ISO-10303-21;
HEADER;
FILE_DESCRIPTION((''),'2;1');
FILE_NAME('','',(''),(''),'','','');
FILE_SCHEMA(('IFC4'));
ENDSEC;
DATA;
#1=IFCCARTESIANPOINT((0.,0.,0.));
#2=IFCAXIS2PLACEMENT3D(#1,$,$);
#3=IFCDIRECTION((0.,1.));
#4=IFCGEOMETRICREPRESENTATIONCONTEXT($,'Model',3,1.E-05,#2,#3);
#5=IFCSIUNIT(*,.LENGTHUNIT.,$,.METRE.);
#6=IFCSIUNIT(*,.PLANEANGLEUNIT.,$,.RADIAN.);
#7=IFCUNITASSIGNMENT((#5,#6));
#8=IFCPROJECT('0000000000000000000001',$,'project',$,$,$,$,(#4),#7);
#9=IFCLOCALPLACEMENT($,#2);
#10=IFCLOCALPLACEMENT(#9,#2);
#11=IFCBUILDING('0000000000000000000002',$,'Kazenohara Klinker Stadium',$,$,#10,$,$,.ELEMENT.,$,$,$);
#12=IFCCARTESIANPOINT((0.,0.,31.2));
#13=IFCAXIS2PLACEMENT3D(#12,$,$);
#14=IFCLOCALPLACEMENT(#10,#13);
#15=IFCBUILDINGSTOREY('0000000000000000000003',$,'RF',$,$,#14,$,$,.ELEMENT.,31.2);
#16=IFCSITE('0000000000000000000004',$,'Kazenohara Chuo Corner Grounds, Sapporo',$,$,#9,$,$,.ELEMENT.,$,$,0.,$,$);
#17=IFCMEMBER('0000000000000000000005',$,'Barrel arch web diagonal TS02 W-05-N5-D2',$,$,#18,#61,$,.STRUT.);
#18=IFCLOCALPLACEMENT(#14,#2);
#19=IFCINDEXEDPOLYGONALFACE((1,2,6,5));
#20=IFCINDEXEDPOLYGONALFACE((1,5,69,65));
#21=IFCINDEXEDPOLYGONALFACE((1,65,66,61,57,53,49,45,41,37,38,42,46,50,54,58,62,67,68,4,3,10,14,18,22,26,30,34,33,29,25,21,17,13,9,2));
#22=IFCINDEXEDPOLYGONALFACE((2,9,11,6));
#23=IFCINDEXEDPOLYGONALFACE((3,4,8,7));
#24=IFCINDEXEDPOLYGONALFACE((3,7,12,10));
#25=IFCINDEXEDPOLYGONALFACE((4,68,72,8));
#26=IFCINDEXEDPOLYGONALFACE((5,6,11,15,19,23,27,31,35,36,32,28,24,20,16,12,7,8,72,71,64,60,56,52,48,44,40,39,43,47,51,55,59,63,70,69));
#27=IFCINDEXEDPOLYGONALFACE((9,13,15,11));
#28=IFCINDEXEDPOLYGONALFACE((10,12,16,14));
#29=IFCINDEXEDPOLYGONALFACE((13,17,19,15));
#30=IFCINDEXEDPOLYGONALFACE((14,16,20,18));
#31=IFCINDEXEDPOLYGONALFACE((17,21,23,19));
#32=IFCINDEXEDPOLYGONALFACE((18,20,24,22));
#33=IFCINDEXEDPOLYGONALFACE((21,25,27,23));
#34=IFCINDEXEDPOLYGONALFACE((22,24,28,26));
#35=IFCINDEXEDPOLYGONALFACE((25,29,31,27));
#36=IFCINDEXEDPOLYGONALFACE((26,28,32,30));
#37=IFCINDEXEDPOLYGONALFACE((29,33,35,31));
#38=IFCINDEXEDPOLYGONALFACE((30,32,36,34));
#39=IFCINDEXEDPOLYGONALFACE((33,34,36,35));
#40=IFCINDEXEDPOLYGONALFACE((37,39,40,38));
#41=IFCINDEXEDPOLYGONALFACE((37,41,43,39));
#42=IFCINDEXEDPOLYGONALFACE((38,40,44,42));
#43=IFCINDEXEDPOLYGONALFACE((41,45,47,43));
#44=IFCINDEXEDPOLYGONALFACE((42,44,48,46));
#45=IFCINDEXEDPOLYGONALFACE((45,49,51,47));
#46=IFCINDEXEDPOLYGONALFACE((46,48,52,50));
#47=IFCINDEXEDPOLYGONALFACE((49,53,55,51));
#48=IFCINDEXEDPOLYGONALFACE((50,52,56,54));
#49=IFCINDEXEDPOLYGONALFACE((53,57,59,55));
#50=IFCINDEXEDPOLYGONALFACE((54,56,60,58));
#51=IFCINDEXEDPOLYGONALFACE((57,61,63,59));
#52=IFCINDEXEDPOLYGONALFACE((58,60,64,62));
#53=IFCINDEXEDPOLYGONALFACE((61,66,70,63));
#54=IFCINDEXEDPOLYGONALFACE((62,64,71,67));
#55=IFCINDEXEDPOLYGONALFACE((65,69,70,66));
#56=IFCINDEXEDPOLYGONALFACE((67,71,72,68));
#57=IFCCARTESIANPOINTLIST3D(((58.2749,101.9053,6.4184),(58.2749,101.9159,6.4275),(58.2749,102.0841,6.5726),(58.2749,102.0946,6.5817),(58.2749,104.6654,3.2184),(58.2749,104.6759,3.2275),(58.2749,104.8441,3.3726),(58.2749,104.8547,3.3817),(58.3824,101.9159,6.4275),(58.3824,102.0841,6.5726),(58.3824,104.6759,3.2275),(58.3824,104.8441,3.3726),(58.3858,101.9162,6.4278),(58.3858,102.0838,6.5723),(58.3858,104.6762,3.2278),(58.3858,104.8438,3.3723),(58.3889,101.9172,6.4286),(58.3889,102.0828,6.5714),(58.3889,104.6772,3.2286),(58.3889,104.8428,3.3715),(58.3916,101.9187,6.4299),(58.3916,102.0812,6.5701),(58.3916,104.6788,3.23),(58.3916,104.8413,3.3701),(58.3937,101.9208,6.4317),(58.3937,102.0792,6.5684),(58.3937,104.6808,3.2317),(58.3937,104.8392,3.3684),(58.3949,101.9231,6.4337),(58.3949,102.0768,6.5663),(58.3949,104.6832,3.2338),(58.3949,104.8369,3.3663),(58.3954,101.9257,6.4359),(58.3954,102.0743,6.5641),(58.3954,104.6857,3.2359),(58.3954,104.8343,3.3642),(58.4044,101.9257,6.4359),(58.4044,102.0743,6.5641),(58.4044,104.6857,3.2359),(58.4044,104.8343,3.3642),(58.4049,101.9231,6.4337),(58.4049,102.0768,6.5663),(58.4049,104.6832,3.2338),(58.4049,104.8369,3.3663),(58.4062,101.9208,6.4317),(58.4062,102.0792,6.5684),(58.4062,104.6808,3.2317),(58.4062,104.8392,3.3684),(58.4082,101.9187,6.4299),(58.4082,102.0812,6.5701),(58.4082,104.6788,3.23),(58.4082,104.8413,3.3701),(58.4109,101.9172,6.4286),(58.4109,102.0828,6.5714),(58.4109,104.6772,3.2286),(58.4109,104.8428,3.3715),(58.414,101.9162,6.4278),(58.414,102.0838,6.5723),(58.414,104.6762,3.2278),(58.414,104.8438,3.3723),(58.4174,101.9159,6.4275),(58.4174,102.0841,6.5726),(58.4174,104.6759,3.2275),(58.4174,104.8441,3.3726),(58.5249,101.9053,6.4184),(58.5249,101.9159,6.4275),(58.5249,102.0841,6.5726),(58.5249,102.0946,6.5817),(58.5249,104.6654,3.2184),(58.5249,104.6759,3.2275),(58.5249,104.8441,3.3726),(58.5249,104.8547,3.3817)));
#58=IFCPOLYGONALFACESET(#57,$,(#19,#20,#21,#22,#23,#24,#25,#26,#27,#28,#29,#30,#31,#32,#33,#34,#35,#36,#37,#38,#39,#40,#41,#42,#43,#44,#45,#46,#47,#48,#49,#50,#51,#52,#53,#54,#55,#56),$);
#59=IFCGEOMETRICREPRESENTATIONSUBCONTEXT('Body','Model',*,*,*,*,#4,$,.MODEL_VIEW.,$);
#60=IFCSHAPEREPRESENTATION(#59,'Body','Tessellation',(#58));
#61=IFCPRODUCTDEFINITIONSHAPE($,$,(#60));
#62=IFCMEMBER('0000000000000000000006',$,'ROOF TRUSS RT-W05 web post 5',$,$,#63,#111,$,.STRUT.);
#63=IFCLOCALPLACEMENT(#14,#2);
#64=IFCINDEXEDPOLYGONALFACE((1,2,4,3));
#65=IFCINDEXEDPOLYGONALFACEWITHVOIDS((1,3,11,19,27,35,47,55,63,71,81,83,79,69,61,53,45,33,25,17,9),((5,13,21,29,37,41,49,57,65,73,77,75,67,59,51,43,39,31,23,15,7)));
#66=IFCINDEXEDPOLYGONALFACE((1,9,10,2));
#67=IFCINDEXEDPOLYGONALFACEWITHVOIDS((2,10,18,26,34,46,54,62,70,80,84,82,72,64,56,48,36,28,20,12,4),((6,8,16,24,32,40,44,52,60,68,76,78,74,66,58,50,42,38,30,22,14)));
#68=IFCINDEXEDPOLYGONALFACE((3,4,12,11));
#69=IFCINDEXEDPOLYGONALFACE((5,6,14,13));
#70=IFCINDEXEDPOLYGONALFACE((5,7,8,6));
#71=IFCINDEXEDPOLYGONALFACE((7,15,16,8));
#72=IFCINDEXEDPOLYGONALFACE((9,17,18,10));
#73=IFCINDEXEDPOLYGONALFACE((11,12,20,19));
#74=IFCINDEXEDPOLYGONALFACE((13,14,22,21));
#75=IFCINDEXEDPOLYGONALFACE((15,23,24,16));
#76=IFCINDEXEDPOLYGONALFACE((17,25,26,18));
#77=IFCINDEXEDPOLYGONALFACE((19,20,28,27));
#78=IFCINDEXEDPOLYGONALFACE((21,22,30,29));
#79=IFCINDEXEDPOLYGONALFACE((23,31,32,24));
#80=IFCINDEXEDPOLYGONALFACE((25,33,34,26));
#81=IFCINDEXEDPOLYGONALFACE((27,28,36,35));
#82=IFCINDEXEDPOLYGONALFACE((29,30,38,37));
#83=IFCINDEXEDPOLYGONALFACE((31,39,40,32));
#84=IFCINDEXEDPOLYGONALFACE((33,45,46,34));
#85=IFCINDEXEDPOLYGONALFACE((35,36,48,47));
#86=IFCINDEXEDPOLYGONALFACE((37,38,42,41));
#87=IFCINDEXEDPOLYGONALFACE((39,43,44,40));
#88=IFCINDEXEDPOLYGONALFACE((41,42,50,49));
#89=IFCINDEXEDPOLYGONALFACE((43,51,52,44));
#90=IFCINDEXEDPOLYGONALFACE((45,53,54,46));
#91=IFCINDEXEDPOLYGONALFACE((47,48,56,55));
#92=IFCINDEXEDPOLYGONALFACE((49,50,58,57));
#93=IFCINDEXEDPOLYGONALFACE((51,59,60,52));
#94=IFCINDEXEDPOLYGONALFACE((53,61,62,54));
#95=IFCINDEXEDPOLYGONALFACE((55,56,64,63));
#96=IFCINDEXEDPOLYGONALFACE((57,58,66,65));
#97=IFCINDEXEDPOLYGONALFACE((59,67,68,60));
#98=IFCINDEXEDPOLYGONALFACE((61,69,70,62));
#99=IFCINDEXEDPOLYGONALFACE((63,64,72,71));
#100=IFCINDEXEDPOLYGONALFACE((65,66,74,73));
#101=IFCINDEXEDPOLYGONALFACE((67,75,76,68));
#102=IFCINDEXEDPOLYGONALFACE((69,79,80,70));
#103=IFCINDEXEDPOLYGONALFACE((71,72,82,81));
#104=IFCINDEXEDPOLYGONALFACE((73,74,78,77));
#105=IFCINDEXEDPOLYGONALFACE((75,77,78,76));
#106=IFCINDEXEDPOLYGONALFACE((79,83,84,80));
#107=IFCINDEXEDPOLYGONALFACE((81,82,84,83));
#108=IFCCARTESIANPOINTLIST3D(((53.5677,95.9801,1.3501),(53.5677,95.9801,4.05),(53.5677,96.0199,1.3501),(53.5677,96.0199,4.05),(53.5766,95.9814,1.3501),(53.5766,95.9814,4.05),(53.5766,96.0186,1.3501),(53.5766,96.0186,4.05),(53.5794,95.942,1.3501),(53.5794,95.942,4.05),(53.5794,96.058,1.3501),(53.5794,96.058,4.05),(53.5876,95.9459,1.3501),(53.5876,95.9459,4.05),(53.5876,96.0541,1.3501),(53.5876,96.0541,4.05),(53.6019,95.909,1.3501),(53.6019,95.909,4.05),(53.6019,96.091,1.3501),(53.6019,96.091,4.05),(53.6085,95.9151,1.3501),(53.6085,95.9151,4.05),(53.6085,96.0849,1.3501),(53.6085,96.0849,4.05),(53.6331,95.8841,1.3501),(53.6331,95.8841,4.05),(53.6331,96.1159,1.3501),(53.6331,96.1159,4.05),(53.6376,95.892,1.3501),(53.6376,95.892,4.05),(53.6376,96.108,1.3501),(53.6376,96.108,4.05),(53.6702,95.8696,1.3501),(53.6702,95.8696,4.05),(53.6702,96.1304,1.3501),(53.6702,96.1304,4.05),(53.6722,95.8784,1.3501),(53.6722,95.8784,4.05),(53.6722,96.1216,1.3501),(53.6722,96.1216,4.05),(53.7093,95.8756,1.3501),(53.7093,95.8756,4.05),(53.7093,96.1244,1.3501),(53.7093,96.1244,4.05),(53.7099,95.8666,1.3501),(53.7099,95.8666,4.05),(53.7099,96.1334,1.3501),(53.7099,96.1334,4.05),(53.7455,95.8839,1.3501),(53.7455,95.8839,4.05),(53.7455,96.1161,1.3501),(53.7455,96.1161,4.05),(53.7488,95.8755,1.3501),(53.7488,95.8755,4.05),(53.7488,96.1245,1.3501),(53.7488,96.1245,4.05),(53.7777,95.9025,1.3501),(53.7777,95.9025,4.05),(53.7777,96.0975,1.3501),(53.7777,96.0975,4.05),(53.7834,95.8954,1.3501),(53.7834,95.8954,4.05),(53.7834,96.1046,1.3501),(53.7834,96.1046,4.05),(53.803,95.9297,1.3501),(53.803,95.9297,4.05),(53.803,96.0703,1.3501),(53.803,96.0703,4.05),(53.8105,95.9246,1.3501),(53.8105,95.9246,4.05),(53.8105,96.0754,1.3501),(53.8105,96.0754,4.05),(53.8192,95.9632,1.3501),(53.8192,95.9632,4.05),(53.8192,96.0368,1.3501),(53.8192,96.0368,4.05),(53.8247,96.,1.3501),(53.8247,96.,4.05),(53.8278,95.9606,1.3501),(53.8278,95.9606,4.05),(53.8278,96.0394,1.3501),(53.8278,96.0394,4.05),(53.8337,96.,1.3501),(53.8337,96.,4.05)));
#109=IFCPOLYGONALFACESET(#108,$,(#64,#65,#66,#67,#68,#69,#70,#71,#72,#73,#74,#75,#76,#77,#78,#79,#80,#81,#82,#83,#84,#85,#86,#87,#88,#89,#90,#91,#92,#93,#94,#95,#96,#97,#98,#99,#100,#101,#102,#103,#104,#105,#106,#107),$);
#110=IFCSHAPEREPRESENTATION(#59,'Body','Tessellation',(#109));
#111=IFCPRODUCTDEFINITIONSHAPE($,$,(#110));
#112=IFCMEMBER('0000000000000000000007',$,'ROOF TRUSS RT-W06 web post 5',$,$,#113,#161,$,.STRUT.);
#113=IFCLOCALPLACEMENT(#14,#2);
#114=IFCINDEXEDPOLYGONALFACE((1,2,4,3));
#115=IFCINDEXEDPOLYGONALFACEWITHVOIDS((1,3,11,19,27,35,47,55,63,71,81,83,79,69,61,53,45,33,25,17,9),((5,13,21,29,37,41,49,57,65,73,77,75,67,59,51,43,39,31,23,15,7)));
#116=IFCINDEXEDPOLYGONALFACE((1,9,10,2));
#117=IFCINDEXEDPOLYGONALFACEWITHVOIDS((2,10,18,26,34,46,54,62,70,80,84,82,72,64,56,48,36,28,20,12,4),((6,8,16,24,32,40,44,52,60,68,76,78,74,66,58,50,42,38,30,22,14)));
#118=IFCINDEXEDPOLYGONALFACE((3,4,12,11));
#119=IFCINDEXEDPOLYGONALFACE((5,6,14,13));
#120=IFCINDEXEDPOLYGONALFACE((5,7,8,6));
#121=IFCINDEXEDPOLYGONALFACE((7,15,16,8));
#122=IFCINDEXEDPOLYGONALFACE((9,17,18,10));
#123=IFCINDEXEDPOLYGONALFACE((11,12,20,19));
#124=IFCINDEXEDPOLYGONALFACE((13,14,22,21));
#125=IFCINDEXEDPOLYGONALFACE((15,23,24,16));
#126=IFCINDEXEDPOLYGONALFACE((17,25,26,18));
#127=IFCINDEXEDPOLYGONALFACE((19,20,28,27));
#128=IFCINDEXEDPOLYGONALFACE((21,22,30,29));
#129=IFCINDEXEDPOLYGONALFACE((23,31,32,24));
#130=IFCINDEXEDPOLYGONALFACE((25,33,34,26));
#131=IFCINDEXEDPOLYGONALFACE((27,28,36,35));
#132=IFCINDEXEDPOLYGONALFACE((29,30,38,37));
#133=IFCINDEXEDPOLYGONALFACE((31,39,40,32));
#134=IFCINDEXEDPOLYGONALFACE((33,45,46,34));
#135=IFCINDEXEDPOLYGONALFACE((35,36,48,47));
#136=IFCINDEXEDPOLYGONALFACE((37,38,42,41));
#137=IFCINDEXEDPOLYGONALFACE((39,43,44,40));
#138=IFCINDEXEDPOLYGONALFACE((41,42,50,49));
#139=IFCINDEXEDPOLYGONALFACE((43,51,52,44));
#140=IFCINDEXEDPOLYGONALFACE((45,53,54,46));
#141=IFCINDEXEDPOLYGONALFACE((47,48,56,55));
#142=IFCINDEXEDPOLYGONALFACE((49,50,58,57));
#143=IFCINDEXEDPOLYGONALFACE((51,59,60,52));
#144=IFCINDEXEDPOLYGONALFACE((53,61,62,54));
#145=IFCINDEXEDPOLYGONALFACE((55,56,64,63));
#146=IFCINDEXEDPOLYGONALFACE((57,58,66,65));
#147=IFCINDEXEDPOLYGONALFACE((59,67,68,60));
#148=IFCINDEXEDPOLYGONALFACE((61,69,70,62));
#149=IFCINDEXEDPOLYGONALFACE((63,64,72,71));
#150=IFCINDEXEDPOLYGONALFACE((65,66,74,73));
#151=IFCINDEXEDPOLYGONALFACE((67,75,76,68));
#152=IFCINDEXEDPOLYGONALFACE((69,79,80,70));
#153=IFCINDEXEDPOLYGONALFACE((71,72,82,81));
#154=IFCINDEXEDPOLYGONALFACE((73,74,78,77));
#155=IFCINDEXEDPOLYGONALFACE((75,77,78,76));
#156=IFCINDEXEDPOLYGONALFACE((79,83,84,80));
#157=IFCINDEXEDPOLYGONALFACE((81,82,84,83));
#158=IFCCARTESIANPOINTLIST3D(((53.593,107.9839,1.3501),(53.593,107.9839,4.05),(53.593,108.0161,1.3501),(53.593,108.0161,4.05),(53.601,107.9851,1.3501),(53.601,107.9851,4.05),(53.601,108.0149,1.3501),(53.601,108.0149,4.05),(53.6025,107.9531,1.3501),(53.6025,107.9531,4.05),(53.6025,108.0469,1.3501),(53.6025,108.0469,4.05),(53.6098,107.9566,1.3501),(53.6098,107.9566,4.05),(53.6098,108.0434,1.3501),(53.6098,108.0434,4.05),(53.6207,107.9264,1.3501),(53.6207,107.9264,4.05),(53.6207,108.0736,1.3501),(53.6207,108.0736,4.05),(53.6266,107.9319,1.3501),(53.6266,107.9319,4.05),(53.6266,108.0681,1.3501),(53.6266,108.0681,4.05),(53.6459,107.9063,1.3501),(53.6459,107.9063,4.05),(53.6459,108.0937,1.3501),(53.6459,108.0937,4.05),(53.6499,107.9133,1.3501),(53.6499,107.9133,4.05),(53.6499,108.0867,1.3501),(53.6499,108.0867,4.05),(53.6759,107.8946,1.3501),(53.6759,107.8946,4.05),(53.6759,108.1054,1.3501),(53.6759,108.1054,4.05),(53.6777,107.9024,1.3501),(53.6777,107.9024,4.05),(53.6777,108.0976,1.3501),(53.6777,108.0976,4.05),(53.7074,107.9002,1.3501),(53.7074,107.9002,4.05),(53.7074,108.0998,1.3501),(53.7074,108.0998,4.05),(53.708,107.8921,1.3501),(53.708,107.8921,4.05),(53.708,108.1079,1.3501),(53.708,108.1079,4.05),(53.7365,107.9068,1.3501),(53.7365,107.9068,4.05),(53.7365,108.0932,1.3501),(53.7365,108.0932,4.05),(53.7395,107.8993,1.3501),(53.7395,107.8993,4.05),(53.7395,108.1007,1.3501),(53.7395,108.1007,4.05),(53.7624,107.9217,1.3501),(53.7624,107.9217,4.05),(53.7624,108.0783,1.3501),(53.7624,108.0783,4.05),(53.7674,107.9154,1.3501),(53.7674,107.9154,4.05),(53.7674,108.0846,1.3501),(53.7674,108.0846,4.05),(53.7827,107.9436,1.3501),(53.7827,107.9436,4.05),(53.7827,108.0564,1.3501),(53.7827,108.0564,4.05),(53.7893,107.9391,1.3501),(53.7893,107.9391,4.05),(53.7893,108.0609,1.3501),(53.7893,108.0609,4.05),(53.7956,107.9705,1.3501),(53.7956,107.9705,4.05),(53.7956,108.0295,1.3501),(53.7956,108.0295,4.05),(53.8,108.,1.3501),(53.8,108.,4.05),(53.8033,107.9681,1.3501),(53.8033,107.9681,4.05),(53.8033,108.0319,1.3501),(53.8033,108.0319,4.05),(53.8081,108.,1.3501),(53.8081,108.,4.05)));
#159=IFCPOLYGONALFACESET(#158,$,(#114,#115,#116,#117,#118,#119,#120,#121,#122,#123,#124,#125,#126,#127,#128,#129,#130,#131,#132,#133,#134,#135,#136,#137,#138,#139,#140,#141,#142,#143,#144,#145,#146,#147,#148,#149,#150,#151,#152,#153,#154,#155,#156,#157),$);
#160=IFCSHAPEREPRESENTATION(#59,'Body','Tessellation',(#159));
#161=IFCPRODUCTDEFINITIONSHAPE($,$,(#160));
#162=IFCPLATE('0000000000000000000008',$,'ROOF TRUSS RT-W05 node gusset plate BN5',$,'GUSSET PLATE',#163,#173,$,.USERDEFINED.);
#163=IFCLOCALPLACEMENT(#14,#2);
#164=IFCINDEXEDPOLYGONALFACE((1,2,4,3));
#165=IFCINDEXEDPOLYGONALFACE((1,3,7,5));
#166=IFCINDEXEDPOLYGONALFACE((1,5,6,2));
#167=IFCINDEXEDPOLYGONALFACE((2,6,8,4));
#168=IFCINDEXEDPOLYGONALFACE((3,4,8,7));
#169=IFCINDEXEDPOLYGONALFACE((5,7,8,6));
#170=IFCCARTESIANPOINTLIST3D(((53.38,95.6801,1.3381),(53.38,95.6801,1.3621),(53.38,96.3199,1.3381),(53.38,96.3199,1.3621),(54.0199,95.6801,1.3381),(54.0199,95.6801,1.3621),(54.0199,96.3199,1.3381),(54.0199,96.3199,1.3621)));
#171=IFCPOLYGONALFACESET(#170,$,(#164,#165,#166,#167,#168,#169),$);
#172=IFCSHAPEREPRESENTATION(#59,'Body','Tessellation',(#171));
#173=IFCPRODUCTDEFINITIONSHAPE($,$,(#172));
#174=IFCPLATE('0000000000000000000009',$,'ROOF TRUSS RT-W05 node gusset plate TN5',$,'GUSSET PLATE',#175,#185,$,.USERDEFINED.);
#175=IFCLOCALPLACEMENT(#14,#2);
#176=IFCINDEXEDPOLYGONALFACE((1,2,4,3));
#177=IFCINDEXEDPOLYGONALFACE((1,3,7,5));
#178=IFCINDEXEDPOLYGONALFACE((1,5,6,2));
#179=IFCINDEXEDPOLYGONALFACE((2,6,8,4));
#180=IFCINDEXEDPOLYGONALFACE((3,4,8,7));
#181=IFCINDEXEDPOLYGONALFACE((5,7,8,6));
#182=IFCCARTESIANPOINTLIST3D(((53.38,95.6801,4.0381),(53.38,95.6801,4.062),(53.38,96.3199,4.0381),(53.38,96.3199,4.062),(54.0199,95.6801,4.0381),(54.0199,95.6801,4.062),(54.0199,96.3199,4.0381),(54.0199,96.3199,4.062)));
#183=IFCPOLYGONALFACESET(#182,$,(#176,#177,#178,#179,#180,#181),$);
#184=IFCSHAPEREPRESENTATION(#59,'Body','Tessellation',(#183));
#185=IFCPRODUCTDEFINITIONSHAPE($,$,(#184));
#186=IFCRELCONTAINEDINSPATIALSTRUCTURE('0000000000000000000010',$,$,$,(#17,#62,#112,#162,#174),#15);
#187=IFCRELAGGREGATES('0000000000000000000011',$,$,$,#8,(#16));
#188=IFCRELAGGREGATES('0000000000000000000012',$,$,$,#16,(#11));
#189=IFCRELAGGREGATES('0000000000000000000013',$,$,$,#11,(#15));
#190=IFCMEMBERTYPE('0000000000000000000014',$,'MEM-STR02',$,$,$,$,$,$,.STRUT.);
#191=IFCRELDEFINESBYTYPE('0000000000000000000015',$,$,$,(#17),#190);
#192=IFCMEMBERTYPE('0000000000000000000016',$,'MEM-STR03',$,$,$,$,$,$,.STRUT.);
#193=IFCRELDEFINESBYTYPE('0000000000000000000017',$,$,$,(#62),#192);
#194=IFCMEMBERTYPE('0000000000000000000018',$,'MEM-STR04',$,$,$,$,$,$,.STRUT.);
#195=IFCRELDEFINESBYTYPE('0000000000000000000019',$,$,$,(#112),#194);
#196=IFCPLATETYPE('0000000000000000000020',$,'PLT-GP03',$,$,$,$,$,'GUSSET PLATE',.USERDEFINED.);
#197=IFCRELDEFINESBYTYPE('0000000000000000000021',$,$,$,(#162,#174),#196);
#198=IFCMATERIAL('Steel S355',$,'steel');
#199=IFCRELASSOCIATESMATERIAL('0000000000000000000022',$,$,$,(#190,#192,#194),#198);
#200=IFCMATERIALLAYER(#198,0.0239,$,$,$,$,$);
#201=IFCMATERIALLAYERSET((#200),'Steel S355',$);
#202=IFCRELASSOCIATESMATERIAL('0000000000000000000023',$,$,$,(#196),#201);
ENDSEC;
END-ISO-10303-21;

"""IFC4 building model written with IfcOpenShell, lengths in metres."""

from ifc_helpers import new_model, si_unit, direction, frame, origin, origin_2d, place, context, subcontext, project, spatial, rectangle, hollow_circle, i_section, extrude, material, layer, layer_set, material_profile, profile_set, type_object, element, save


model = new_model("IFC4")

# Units and contexts
model_context = context("Model", 3, precision=1e-05, world=origin(), true_north=direction((0.0, 1.0)))
body_context = subcontext(model_context, "Body", "Model", "MODEL_VIEW")
ifc_project = project(units=[si_unit("LENGTHUNIT", "METRE"), si_unit("PLANEANGLEUNIT", "RADIAN")], contexts=[model_context])

# Site, building, storey
site_placement = place(None, origin())
site = spatial("IfcSite", under=ifc_project, at=site_placement, Name="Kazenohara Chuo Corner Grounds, Sapporo", CompositionType="ELEMENT", RefElevation=0.0)
building_placement = place(site_placement, origin())
building = spatial("IfcBuilding", under=site, at=building_placement, Name="Kazenohara Klinker Stadium", CompositionType="ELEMENT")
storey_placement = place(building_placement, frame((0.0, 0.0, 31.2)))
storey = spatial("IfcBuildingStorey", under=building, at=storey_placement, Name="RF", CompositionType="ELEMENT", Elevation=31.2)

# Members
ifc_material = material(Name="Steel S355", Category="steel")
ifc_material_profile_1 = material_profile(ifc_material, i_section(OverallWidth=0.25, OverallDepth=0.25, WebThickness=0.009, FlangeThickness=0.0139, FilletRadius=0.0129, at=origin_2d()), Name="H-250x250x9x14")
ifc_profile_set_1 = profile_set([ifc_material_profile_1], Name="Steel S355")
member_type_1 = type_object("IfcMemberType", Name="MEM-STR02", PredefinedType="STRUT", material=ifc_profile_set_1)
for number, where, z_axis, x_axis, name in (
    (1, (58.3999, 104.76, 3.3), (0.0, -0.653134, 0.757242), (1.0, 0.0, 0.0), "Barrel arch web diagonal TS02 W-05-N5-D2"),
):
    element("IfcMember", number, at=place(storey_placement, frame(where, z_axis=z_axis, x_axis=x_axis)), inside=storey, type_object=member_type_1, Name=name, PredefinedType="STRUT", context=body_context, shape_type="SweptSolid", body=[
        extrude(i_section(OverallWidth=0.25, OverallDepth=0.25, WebThickness=0.009, FlangeThickness=0.0139, FilletRadius=0.0129, at=origin_2d()), origin(), (0.0, 0.0, 1.0), 4.2258),
    ])
ifc_material_profile_2 = material_profile(ifc_material, hollow_circle(Radius=0.1338, WallThickness=0.009, at=origin_2d()), Name="CHS-267.4x9")
ifc_profile_set_2 = profile_set([ifc_material_profile_2], Name="Steel S355")
member_type_2 = type_object("IfcMemberType", Name="MEM-STR03", PredefinedType="STRUT", material=ifc_profile_set_2)
member_1_placement = place(storey_placement, frame((53.7, 96.0, 1.3501), z_axis=(0.0, 0.0, 1.0), x_axis=(1.0, 0.0, 0.0)))
element("IfcMember", 2, at=member_1_placement, inside=storey, type_object=member_type_2, Name="ROOF TRUSS RT-W05 web post 5", PredefinedType="STRUT", context=body_context, shape_type="SweptSolid", body=[
    extrude(hollow_circle(Radius=0.1338, WallThickness=0.009, at=origin_2d()), origin(), (0.0, 0.0, 1.0), 2.7),
])
ifc_material_profile_3 = material_profile(ifc_material, hollow_circle(Radius=0.1082, WallThickness=0.0081, at=origin_2d()), Name="CHS-216.3x8")
ifc_profile_set_3 = profile_set([ifc_material_profile_3], Name="Steel S355")
member_type_3 = type_object("IfcMemberType", Name="MEM-STR04", PredefinedType="STRUT", material=ifc_profile_set_3)
member_2_placement = place(storey_placement, frame((53.7, 108.0, 1.3501), z_axis=(0.0, 0.0, 1.0), x_axis=(1.0, 0.0, 0.0)))
element("IfcMember", 3, at=member_2_placement, inside=storey, type_object=member_type_3, Name="ROOF TRUSS RT-W06 web post 5", PredefinedType="STRUT", context=body_context, shape_type="SweptSolid", body=[
    extrude(hollow_circle(Radius=0.1082, WallThickness=0.0081, at=origin_2d()), origin(), (0.0, 0.0, 1.0), 2.7),
])

# Plates
ifc_layer_1 = layer(ifc_material, 0.0239)
ifc_layer_set_1 = layer_set([ifc_layer_1], Name="Steel S355")
plate_type_1 = type_object("IfcPlateType", Name="PLT-GP03", ElementType="GUSSET PLATE", PredefinedType="USERDEFINED", material=ifc_layer_set_1)
for number, where, z_axis, x_axis, name in (
    (4, (53.7, 96.0, 1.3381), (0.0, 0.0, 1.0), (1.0, 0.0, 0.0), "ROOF TRUSS RT-W05 node gusset plate BN5"),
    (5, (53.7, 96.0, 4.0381), (0.0, 0.0, 1.0), (1.0, 0.0, 0.0), "ROOF TRUSS RT-W05 node gusset plate TN5"),
):
    element("IfcPlate", number, at=place(storey_placement, frame(where, z_axis=z_axis, x_axis=x_axis)), inside=storey, type_object=plate_type_1, Name=name, ObjectType="GUSSET PLATE", PredefinedType="USERDEFINED", context=body_context, shape_type="SweptSolid", body=[
        extrude(rectangle(XDim=0.6399, YDim=0.6399, at=origin_2d()), origin(), (0.0, 0.0, 1.0), 0.0239),
    ])

save(model, "model.ifc")
